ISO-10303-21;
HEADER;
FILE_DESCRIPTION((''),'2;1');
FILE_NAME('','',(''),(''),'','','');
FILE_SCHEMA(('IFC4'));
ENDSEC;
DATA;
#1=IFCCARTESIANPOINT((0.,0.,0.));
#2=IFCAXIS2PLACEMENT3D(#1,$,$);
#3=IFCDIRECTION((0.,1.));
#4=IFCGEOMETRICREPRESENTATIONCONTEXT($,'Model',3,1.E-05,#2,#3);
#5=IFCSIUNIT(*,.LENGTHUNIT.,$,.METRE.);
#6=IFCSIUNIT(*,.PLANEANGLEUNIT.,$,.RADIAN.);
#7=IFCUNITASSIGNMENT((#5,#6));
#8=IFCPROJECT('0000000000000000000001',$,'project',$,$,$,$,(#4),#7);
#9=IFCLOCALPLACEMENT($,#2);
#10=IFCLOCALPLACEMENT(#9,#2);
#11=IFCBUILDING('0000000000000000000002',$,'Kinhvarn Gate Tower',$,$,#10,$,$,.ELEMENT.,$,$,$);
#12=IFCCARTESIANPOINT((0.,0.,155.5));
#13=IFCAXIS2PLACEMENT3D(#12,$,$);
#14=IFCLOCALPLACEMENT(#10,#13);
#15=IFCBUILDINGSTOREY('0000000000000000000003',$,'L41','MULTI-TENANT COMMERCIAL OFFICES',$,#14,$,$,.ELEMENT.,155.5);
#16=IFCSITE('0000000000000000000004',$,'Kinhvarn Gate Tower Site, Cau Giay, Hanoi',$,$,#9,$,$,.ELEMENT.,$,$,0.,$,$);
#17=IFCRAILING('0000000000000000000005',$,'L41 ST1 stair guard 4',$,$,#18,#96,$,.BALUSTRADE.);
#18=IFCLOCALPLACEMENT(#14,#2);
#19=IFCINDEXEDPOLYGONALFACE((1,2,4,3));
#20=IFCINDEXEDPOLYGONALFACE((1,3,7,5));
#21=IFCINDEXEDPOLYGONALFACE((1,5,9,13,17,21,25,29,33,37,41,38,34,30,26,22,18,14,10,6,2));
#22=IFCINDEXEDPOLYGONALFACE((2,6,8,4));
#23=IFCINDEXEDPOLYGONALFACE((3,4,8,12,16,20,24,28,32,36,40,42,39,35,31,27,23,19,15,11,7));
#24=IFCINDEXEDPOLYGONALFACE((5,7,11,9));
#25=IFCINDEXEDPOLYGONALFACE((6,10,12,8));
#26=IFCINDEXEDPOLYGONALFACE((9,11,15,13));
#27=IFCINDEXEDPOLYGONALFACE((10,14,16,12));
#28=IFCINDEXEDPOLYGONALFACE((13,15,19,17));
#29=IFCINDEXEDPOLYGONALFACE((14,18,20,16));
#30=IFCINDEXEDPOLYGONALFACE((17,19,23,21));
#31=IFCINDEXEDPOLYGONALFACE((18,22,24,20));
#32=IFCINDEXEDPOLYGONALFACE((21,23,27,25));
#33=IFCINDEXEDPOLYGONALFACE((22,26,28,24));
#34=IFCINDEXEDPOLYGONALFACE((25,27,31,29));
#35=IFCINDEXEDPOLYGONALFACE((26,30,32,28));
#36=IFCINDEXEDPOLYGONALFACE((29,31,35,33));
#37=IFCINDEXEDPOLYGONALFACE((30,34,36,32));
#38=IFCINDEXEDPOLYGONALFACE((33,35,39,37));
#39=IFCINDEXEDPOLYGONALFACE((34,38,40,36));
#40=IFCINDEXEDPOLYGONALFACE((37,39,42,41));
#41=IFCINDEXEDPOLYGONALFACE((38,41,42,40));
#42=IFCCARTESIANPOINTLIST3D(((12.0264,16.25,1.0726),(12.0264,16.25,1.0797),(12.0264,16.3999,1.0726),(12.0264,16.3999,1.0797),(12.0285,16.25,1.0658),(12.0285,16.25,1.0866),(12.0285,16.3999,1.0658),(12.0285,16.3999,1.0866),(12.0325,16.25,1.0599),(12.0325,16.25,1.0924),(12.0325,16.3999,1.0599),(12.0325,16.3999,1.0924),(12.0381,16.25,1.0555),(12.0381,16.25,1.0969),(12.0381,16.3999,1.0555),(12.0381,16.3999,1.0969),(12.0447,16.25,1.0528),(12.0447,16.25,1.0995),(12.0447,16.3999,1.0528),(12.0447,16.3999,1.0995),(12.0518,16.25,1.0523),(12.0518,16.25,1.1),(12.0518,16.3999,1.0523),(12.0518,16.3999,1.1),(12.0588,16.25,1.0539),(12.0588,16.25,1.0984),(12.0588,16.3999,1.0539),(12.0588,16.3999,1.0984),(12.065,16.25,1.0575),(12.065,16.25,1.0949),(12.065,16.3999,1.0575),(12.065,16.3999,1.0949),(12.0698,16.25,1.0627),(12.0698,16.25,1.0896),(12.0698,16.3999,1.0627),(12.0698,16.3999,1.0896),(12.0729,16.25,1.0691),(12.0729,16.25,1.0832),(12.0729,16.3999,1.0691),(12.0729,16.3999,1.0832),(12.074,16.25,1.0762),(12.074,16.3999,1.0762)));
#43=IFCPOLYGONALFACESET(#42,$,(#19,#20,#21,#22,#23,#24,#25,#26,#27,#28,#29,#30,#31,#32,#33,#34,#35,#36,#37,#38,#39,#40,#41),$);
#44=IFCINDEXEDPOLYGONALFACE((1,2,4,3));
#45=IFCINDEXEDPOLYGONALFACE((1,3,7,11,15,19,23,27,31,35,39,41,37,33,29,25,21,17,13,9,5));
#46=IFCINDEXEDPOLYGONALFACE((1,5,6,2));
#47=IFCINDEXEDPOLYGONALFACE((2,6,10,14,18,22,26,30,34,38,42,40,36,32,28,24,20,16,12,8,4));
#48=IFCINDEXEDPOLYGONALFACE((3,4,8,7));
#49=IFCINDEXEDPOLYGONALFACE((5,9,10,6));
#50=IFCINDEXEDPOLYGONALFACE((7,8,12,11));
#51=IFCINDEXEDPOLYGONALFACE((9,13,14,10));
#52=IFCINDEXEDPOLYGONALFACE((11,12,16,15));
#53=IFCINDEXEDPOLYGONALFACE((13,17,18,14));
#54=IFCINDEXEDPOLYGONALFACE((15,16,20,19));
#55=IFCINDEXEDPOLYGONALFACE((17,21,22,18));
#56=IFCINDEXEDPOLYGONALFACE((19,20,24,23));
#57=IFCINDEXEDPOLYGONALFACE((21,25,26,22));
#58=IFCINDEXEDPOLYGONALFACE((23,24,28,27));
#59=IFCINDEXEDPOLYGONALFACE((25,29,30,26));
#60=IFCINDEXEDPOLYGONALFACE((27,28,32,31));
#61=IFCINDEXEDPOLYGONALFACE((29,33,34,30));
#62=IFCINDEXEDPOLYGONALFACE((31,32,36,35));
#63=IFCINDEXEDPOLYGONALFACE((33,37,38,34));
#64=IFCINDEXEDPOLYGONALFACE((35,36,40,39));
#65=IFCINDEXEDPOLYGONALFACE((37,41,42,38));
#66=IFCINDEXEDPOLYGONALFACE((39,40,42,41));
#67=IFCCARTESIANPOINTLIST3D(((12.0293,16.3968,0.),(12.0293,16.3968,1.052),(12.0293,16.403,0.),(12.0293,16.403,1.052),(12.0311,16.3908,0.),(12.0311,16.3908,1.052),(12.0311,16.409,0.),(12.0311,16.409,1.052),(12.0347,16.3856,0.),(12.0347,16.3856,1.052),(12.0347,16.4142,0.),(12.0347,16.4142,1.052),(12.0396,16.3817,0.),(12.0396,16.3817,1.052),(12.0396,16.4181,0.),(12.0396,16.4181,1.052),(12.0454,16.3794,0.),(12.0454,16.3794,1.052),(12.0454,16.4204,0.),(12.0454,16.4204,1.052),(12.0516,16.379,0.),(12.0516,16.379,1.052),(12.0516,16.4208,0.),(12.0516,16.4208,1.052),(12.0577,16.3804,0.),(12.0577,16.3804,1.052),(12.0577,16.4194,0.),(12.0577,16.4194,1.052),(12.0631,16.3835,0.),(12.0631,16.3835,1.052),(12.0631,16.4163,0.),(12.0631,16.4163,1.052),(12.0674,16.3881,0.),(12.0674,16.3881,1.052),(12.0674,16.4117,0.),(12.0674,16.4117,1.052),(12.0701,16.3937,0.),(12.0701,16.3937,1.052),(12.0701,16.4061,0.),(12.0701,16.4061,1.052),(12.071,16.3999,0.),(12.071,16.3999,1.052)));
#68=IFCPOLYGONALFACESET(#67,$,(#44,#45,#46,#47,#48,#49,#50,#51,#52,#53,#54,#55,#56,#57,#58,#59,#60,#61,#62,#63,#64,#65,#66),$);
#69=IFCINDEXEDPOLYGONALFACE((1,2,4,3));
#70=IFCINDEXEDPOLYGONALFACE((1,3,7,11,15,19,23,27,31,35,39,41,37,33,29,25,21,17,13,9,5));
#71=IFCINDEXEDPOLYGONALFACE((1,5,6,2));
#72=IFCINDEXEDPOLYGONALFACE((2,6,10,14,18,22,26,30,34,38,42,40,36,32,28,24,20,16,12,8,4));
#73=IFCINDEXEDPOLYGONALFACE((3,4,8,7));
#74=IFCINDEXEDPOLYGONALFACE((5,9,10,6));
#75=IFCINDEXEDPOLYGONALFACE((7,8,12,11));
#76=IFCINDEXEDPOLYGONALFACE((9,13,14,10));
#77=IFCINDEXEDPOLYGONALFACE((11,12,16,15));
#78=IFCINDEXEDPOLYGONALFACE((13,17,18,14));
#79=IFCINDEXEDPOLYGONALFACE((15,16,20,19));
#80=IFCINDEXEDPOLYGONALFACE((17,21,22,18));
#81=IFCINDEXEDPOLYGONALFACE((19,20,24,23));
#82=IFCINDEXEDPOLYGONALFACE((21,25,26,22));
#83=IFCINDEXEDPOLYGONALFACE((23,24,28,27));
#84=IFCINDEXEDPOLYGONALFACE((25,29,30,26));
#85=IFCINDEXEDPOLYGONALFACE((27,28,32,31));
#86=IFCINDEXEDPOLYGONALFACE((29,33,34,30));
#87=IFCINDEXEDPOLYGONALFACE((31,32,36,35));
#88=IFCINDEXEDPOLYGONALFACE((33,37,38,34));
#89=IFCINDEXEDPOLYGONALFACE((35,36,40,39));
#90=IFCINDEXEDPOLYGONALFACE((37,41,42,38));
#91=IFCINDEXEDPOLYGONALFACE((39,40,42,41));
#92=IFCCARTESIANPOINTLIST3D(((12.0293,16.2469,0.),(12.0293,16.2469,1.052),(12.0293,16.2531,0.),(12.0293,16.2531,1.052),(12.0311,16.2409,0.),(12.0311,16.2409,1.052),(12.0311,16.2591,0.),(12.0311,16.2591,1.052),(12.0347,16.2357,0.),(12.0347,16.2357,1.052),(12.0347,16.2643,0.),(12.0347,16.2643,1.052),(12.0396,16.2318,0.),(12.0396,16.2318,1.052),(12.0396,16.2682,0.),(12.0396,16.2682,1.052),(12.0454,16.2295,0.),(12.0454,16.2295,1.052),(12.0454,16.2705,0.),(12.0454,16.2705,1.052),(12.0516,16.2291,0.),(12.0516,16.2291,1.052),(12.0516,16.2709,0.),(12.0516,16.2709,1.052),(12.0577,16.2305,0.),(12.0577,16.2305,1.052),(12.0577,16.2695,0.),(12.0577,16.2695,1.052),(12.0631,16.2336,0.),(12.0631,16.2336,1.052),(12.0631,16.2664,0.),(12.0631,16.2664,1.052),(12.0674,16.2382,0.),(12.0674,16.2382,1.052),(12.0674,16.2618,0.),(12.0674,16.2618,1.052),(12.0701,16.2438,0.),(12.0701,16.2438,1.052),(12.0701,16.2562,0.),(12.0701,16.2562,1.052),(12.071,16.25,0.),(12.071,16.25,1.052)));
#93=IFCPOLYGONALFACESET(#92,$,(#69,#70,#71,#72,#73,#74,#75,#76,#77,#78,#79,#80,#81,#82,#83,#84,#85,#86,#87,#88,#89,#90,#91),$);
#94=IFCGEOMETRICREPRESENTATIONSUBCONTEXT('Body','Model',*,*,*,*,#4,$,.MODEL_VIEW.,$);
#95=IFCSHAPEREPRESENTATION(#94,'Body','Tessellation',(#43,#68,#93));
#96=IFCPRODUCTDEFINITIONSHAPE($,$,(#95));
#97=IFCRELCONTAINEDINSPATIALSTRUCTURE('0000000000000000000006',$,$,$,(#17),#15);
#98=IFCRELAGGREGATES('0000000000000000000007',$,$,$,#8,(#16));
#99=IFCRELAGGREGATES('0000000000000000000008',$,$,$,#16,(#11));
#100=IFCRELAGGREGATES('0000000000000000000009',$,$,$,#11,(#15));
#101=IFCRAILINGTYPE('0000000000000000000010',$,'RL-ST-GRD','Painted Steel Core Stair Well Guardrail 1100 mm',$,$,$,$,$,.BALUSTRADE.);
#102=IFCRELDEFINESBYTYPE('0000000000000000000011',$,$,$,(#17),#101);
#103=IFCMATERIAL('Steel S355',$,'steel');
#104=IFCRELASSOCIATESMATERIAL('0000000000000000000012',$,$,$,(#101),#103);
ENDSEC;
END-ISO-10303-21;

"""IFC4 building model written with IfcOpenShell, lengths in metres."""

from ifc_helpers import new_model, si_unit, direction, frame, origin, origin_2d, place, context, subcontext, project, spatial, circle, extrude, material, type_object, element, save


model = new_model("IFC4")

# Units and contexts
model_context = context("Model", 3, precision=1e-05, world=origin(), true_north=direction((0.0, 1.0)))
body_context = subcontext(model_context, "Body", "Model", "MODEL_VIEW")
ifc_project = project(units=[si_unit("LENGTHUNIT", "METRE"), si_unit("PLANEANGLEUNIT", "RADIAN")], contexts=[model_context])

# Site, building, storey
site_placement = place(None, origin())
site = spatial("IfcSite", under=ifc_project, at=site_placement, Name="Kinhvarn Gate Tower Site, Cau Giay, Hanoi", CompositionType="ELEMENT", RefElevation=0.0)
building_placement = place(site_placement, origin())
building = spatial("IfcBuilding", under=site, at=building_placement, Name="Kinhvarn Gate Tower", CompositionType="ELEMENT")
storey_placement = place(building_placement, frame((0.0, 0.0, 155.5)))
storey = spatial("IfcBuildingStorey", under=building, at=storey_placement, Name="L41", Description="MULTI-TENANT COMMERCIAL OFFICES", CompositionType="ELEMENT", Elevation=155.5)

# Shared definitions
ifc_material_1 = material(Name="Steel S355", Category="steel")

# Railing
railing_type_1 = type_object("IfcRailingType", Name="RL-ST-GRD", Description="Painted Steel Core Stair Well Guardrail 1100 mm", PredefinedType="BALUSTRADE", material=ifc_material_1)
railing_1_placement = place(storey_placement, frame((12.05, 16.3999, 0.0)))
element("IfcRailing", 1, at=railing_1_placement, inside=storey, type_object=railing_type_1, Name="L41 ST1 stair guard 4", PredefinedType="BALUSTRADE", context=body_context, shape_type="SweptSolid", body=[
    extrude(circle(Radius=0.0239, at=origin_2d()), frame((0.0, 0.0, 1.0762), z_axis=(0.0, -1.0, 0.0), x_axis=(1.0, 0.0, 0.0)), (0.0, 0.0, 1.0), 0.1499),
    extrude(circle(Radius=0.021, at=origin_2d()), origin(), (0.0, 0.0, 1.0), 1.052),
    extrude(circle(Radius=0.021, at=origin_2d()), frame((0.0, -0.1499, 0.0)), (0.0, 0.0, 1.0), 1.052),
])

save(model, "model.ifc")
